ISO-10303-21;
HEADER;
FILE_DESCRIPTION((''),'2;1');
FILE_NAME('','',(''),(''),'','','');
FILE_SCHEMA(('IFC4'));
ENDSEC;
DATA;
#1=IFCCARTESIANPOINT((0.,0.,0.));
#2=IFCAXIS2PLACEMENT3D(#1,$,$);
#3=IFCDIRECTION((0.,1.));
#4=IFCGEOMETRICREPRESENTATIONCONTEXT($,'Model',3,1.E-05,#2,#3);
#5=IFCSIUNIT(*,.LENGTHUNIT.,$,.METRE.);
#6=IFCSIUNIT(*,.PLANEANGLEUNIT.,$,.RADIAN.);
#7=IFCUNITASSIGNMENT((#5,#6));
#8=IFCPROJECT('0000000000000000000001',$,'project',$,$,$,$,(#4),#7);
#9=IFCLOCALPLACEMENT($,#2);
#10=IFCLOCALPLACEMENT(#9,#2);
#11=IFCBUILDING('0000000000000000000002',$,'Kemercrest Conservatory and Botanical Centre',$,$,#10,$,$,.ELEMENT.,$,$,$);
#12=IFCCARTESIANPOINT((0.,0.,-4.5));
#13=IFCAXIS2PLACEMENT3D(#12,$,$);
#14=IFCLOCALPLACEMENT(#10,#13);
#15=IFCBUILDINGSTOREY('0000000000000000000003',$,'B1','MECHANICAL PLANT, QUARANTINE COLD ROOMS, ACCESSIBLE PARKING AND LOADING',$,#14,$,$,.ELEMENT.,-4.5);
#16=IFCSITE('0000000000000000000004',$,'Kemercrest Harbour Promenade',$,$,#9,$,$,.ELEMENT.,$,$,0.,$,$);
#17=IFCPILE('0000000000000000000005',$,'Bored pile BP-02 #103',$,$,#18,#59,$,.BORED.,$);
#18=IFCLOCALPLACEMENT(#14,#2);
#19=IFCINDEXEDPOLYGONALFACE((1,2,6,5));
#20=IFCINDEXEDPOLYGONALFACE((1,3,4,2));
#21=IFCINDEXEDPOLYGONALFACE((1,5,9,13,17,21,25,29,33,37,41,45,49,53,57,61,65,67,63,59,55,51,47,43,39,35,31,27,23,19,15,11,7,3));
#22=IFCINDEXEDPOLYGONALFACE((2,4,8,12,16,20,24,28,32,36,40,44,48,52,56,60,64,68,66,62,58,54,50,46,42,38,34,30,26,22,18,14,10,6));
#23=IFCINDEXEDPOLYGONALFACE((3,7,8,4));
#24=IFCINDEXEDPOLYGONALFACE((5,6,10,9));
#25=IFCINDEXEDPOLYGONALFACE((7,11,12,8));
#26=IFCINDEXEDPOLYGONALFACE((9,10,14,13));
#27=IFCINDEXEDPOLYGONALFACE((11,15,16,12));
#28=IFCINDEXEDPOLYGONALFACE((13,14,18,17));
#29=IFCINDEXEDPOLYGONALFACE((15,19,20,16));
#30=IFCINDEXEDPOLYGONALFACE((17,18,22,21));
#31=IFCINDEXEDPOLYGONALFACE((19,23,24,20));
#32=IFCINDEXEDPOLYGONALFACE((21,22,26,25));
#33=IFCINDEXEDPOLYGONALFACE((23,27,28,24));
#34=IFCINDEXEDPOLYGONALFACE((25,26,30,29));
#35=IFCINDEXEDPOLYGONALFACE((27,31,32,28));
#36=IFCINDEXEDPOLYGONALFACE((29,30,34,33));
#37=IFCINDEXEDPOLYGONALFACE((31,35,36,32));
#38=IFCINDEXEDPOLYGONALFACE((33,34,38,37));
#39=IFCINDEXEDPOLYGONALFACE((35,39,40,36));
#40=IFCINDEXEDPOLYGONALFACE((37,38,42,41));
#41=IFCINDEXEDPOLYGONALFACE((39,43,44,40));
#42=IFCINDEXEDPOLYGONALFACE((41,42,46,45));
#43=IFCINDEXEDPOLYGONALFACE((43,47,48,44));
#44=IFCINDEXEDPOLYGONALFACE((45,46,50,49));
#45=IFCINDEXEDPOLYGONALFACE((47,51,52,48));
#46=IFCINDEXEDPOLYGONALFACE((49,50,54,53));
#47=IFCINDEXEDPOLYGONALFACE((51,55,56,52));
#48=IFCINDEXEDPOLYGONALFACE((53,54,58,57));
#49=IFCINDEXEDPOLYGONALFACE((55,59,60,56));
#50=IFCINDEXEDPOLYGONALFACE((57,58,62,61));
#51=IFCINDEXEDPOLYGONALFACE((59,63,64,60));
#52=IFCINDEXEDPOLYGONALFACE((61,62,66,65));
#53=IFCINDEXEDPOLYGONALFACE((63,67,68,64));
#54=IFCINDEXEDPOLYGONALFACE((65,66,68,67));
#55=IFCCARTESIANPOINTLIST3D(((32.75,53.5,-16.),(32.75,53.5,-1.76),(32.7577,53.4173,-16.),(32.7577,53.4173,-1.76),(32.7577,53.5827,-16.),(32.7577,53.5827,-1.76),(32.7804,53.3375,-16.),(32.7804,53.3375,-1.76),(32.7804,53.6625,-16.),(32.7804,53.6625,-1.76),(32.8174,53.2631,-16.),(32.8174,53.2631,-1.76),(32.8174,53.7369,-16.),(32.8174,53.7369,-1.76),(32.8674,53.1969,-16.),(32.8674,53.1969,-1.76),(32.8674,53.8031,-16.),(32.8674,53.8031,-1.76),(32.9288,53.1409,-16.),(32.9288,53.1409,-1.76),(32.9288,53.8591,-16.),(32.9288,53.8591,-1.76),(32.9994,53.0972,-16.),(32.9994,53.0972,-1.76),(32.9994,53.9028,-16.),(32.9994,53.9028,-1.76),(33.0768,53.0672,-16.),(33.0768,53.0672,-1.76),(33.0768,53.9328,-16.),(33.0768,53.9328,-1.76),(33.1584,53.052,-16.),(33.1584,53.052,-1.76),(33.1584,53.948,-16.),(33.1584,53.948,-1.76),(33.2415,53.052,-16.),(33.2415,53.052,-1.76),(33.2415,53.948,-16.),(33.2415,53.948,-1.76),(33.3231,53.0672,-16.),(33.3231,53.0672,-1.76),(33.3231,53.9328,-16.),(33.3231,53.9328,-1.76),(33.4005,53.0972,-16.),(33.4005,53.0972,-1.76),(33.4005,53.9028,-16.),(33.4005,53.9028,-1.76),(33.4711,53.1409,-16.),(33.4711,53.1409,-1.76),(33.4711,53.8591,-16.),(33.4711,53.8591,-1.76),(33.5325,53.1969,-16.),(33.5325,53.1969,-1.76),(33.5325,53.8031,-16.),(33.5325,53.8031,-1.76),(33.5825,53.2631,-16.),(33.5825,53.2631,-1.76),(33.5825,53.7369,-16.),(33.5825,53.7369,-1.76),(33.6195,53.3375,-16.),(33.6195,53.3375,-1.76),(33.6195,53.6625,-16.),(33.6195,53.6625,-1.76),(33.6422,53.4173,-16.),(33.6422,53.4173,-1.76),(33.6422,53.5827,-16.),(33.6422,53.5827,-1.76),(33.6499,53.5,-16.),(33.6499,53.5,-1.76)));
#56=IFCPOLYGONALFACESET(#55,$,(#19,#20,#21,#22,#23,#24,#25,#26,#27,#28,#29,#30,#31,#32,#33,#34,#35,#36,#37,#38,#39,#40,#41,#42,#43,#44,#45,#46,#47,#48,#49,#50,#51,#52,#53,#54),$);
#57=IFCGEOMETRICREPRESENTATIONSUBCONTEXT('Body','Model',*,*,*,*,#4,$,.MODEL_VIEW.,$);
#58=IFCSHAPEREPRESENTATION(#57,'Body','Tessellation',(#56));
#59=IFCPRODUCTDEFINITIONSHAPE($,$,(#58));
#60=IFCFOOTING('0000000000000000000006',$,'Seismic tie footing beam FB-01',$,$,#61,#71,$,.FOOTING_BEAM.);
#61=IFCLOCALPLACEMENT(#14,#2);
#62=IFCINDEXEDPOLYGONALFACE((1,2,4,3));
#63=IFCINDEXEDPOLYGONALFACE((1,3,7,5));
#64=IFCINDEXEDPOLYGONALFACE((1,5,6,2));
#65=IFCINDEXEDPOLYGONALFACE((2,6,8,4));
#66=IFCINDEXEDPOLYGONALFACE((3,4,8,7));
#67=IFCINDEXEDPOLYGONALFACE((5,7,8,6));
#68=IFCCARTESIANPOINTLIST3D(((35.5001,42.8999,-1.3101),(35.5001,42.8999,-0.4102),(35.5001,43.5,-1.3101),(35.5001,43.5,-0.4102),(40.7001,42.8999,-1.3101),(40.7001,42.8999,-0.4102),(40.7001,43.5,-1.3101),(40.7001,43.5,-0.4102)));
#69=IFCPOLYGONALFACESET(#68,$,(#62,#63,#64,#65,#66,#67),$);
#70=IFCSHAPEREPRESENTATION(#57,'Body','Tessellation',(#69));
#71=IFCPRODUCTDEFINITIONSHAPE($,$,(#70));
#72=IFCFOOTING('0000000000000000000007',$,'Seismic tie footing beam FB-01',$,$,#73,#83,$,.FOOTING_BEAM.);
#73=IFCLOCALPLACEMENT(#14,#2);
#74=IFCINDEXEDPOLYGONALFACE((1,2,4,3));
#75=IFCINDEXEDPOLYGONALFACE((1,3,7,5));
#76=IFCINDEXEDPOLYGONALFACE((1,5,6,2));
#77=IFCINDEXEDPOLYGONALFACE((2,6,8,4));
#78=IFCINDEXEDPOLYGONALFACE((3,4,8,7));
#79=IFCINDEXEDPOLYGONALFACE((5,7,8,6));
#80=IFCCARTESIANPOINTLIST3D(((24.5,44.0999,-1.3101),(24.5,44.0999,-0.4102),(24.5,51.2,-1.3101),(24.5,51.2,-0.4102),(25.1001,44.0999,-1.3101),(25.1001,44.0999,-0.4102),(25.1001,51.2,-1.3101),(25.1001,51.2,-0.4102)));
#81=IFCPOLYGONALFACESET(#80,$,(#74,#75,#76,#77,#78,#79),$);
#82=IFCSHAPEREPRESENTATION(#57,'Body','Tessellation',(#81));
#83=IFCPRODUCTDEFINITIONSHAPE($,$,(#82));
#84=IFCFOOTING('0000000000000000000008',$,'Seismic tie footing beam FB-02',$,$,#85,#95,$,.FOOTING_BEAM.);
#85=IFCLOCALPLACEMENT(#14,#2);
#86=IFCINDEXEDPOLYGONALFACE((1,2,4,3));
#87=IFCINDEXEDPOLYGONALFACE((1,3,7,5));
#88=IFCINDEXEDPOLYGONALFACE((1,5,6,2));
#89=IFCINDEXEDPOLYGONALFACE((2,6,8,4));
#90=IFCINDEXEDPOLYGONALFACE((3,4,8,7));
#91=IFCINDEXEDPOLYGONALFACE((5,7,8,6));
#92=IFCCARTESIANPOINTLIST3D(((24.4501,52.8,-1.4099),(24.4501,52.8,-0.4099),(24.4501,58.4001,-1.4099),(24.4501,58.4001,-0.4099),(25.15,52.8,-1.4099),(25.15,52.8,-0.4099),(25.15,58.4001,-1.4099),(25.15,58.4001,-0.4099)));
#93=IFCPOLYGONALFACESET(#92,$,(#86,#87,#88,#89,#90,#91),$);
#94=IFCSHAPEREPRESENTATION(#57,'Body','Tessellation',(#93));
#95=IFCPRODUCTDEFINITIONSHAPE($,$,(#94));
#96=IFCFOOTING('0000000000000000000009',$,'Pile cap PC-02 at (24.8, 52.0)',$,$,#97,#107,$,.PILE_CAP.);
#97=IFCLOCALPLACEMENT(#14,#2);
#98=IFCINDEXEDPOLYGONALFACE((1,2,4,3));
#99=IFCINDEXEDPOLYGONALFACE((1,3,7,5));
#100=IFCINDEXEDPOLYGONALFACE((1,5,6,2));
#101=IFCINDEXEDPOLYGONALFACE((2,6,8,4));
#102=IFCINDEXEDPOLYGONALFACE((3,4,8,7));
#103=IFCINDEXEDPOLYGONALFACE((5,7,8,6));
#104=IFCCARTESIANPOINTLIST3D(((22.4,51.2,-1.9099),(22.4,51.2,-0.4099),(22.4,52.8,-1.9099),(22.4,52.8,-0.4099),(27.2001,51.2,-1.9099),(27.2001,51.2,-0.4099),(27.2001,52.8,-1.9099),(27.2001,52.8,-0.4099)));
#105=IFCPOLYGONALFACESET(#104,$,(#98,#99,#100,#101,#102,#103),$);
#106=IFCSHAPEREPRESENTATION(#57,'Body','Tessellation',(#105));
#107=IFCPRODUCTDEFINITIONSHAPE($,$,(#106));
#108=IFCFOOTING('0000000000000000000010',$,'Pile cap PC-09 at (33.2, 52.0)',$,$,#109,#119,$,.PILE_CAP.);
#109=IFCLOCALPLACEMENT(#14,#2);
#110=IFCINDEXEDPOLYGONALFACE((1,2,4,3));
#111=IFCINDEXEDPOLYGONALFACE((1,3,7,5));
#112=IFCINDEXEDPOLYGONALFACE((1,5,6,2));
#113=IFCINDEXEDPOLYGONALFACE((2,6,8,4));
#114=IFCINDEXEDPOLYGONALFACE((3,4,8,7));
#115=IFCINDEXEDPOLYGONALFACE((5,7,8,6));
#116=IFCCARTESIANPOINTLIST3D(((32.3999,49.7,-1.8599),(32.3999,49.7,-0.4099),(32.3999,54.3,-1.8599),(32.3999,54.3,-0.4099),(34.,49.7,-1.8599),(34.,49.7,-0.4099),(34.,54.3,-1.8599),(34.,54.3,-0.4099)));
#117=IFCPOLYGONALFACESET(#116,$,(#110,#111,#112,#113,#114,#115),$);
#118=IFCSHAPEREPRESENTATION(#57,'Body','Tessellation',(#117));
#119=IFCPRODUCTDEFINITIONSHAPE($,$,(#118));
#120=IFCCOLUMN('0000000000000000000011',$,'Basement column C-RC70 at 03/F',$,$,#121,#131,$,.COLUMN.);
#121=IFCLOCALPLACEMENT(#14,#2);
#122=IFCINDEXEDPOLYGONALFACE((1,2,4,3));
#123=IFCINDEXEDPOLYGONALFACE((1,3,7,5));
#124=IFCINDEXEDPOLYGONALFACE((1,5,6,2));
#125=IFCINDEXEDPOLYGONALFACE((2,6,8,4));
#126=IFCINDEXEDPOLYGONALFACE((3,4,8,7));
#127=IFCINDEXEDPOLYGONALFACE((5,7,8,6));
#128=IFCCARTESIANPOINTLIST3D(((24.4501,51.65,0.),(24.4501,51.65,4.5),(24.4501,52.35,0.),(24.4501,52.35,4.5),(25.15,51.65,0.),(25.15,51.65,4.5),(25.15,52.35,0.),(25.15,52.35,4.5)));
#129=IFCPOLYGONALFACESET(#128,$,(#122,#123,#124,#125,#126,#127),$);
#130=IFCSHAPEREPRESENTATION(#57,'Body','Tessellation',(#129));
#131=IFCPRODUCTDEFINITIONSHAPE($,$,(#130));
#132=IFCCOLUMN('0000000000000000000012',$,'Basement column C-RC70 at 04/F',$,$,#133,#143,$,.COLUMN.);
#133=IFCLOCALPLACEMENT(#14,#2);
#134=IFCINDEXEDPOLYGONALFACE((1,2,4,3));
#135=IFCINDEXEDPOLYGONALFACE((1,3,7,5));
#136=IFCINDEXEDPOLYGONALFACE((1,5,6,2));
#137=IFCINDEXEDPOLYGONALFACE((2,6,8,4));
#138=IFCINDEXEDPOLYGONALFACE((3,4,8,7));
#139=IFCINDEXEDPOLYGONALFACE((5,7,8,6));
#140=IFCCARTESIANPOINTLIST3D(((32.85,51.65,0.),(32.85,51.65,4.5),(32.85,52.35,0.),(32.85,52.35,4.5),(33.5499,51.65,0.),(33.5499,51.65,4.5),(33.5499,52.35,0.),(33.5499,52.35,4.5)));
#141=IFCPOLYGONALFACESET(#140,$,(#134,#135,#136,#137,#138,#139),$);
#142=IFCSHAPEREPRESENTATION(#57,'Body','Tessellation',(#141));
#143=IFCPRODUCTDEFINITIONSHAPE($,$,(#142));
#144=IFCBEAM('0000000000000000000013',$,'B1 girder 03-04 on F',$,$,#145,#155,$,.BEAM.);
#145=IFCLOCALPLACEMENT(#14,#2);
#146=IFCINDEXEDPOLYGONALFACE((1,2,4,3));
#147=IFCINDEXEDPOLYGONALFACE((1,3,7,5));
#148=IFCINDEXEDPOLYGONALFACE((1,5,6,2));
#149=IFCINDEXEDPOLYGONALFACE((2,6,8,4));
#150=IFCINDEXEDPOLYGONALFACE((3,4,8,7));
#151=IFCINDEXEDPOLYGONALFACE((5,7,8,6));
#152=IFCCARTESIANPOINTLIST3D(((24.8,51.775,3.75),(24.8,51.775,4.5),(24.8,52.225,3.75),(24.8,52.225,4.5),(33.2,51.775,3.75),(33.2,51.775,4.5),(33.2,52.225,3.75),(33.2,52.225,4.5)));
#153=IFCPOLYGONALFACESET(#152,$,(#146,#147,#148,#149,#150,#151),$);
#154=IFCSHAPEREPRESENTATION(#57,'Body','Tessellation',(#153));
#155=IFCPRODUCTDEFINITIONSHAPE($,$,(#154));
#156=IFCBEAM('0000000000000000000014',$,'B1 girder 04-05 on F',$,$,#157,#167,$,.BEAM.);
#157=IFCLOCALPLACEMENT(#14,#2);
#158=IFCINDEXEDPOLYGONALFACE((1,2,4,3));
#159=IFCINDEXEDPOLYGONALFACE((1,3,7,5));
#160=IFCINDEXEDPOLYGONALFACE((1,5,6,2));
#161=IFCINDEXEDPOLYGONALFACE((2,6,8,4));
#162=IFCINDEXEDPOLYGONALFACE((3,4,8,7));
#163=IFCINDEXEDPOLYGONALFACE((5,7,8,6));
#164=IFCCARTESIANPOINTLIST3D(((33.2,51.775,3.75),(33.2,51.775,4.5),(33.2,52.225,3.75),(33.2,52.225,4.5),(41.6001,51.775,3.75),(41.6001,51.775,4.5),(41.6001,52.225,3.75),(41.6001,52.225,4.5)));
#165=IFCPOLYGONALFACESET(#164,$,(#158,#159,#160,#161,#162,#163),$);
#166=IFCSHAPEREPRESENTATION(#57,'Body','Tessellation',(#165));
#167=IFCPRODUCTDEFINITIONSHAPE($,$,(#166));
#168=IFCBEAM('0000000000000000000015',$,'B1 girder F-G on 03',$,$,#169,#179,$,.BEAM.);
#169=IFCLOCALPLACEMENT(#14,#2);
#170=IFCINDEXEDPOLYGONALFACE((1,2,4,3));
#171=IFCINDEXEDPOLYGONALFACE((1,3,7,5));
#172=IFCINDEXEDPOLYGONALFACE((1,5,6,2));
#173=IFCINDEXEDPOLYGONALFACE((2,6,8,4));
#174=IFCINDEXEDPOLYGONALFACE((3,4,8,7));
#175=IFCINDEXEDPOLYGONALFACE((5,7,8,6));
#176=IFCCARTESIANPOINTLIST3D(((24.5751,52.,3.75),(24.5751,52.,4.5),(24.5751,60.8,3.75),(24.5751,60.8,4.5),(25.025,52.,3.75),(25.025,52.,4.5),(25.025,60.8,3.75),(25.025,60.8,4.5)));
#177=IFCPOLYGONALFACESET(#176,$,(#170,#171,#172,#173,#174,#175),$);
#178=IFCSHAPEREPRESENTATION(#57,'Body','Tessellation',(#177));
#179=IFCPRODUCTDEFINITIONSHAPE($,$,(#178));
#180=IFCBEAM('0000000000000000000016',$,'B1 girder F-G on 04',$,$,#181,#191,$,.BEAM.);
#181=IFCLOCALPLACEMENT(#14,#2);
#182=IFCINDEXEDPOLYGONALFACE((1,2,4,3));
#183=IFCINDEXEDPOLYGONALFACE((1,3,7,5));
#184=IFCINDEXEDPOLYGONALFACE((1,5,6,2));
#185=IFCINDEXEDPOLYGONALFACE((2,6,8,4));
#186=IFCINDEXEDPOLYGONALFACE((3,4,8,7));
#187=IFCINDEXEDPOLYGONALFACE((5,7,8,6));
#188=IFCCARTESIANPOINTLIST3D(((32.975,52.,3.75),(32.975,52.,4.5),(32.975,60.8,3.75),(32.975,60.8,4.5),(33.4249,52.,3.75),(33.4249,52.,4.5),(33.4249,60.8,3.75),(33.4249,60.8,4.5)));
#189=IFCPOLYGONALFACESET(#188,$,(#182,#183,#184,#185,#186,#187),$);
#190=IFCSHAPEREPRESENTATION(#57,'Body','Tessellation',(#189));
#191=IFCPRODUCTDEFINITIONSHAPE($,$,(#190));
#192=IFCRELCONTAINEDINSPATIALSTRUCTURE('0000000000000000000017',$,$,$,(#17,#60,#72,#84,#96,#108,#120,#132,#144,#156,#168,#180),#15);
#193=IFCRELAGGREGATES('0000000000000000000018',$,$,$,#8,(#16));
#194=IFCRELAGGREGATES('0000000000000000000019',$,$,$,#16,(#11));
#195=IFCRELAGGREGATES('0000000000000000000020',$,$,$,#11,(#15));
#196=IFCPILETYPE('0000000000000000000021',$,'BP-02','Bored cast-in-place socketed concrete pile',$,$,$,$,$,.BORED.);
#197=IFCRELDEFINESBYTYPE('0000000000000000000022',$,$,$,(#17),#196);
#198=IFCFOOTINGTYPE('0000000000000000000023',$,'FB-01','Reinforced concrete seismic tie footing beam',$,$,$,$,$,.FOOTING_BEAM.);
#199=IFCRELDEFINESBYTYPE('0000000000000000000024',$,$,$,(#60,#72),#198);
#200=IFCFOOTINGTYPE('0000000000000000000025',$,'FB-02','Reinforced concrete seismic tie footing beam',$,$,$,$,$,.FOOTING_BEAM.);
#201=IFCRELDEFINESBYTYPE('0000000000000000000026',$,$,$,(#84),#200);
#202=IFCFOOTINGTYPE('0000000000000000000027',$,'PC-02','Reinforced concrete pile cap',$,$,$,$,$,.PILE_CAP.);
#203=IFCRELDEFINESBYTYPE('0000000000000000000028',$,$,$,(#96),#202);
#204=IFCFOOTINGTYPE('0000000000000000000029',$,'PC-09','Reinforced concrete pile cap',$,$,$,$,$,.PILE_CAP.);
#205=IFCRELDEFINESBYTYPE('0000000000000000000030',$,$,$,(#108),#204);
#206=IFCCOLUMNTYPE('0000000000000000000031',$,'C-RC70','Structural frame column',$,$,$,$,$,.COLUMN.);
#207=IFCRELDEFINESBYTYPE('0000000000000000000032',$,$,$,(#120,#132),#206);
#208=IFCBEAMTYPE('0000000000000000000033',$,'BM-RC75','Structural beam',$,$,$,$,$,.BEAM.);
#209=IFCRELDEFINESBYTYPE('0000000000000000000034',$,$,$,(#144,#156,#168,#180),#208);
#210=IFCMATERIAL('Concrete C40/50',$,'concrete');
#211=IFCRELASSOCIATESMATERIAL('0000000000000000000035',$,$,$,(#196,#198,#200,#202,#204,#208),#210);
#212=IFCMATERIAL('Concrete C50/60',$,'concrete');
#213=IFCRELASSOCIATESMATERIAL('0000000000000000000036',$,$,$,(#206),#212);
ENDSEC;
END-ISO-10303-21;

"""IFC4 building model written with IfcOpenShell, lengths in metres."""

from ifc_helpers import new_model, si_unit, direction, frame, origin, origin_2d, place, context, subcontext, project, spatial, rectangle, circle, extrude, material, material_profile, profile_set, type_object, element, save


model = new_model("IFC4")

# Units and contexts
model_context = context("Model", 3, precision=1e-05, world=origin(), true_north=direction((0.0, 1.0)))
body_context = subcontext(model_context, "Body", "Model", "MODEL_VIEW")
ifc_project = project(units=[si_unit("LENGTHUNIT", "METRE"), si_unit("PLANEANGLEUNIT", "RADIAN")], contexts=[model_context])

# Site, building, storey
site_placement = place(None, origin())
site = spatial("IfcSite", under=ifc_project, at=site_placement, Name="Kemercrest Harbour Promenade", CompositionType="ELEMENT", RefElevation=0.0)
building_placement = place(site_placement, origin())
building = spatial("IfcBuilding", under=site, at=building_placement, Name="Kemercrest Conservatory and Botanical Centre", CompositionType="ELEMENT")
storey_placement = place(building_placement, frame((0.0, 0.0, -4.5)))
storey = spatial("IfcBuildingStorey", under=building, at=storey_placement, Name="B1", Description="MECHANICAL PLANT, QUARANTINE COLD ROOMS, ACCESSIBLE PARKING AND LOADING", CompositionType="ELEMENT", Elevation=-4.5)

# Pile
ifc_material_1 = material(Name="Concrete C40/50", Category="concrete")
ifc_material_profile_1 = material_profile(ifc_material_1, circle(Radius=0.45, at=origin_2d()), Name="BORED PILE 900")
ifc_profile_set_1 = profile_set([ifc_material_profile_1], Name="Concrete C40/50")
pile_type_1 = type_object("IfcPileType", Name="BP-02", Description="Bored cast-in-place socketed concrete pile", PredefinedType="BORED", material=ifc_profile_set_1)
for number, where, z_axis, x_axis, name in (
    (1, (33.2, 53.5, -1.76), (0.0, 0.0, -1.0), (1.0, 0.0, 0.0), "Bored pile BP-02 #103"),
):
    element("IfcPile", number, at=place(storey_placement, frame(where, z_axis=z_axis, x_axis=x_axis)), inside=storey, type_object=pile_type_1, Name=name, PredefinedType="BORED", context=body_context, shape_type="SweptSolid", body=[
        extrude(circle(Radius=0.45, at=origin_2d()), origin(), (0.0, 0.0, 1.0), 14.24),
    ])

# Footings
footing_type_1 = type_object("IfcFootingType", Name="FB-01", Description="Reinforced concrete seismic tie footing beam", PredefinedType="FOOTING_BEAM", material=ifc_material_1)
footing_1_placement = place(storey_placement, frame((38.1001, 43.2, -1.3101), z_axis=(0.0, 0.0, 1.0), x_axis=(1.0, 0.0, 0.0)))
element("IfcFooting", 2, at=footing_1_placement, inside=storey, type_object=footing_type_1, Name="Seismic tie footing beam FB-01", PredefinedType="FOOTING_BEAM", context=body_context, shape_type="SweptSolid", body=[
    extrude(rectangle(XDim=5.2, YDim=0.6001, at=origin_2d()), origin(), (0.0, 0.0, 1.0), 0.8999),
])
footing_2_placement = place(storey_placement, frame((24.8, 47.6499, -1.3101), z_axis=(0.0, 0.0, 1.0), x_axis=(1.0, 0.0, 0.0)))
element("IfcFooting", 3, at=footing_2_placement, inside=storey, type_object=footing_type_1, Name="Seismic tie footing beam FB-01", PredefinedType="FOOTING_BEAM", context=body_context, shape_type="SweptSolid", body=[
    extrude(rectangle(XDim=0.6001, YDim=7.1001, at=origin_2d()), origin(), (0.0, 0.0, 1.0), 0.8999),
])
footing_type_2 = type_object("IfcFootingType", Name="FB-02", Description="Reinforced concrete seismic tie footing beam", PredefinedType="FOOTING_BEAM", material=ifc_material_1)
footing_3_placement = place(storey_placement, frame((24.8, 55.6001, -1.4099), z_axis=(0.0, 0.0, 1.0), x_axis=(1.0, 0.0, 0.0)))
element("IfcFooting", 4, at=footing_3_placement, inside=storey, type_object=footing_type_2, Name="Seismic tie footing beam FB-02", PredefinedType="FOOTING_BEAM", context=body_context, shape_type="SweptSolid", body=[
    extrude(rectangle(XDim=0.7, YDim=5.6001, at=origin_2d()), origin(), (0.0, 0.0, 1.0), 1.0),
])
footing_type_3 = type_object("IfcFootingType", Name="PC-02", Description="Reinforced concrete pile cap", PredefinedType="PILE_CAP", material=ifc_material_1)
footing_4_placement = place(storey_placement, frame((24.8, 52.0, -1.9099), z_axis=(0.0, 0.0, 1.0), x_axis=(1.0, 0.0, 0.0)))
element("IfcFooting", 5, at=footing_4_placement, inside=storey, type_object=footing_type_3, Name="Pile cap PC-02 at (24.8, 52.0)", PredefinedType="PILE_CAP", context=body_context, shape_type="SweptSolid", body=[
    extrude(rectangle(XDim=4.8, YDim=1.6001, at=origin_2d()), origin(), (0.0, 0.0, 1.0), 1.5),
])
footing_type_4 = type_object("IfcFootingType", Name="PC-09", Description="Reinforced concrete pile cap", PredefinedType="PILE_CAP", material=ifc_material_1)
footing_5_placement = place(storey_placement, frame((33.2, 52.0, -1.8599), z_axis=(0.0, 0.0, 1.0), x_axis=(1.0, 0.0, 0.0)))
element("IfcFooting", 6, at=footing_5_placement, inside=storey, type_object=footing_type_4, Name="Pile cap PC-09 at (33.2, 52.0)", PredefinedType="PILE_CAP", context=body_context, shape_type="SweptSolid", body=[
    extrude(rectangle(XDim=1.6001, YDim=4.6001, at=origin_2d()), origin(), (0.0, 0.0, 1.0), 1.45),
])

# Columns
ifc_material_2 = material(Name="Concrete C50/60", Category="concrete")
ifc_material_profile_2 = material_profile(ifc_material_2, rectangle(XDim=0.7, YDim=0.7, at=origin_2d()), Name="RC 700x700")
ifc_profile_set_2 = profile_set([ifc_material_profile_2], Name="Concrete C50/60")
column_type = type_object("IfcColumnType", Name="C-RC70", Description="Structural frame column", PredefinedType="COLUMN", material=ifc_profile_set_2)
for number, where, z_axis, x_axis, name in (
    (7, (24.8, 52.0, 0.0), (0.0, 0.0, 1.0), (1.0, 0.0, 0.0), "Basement column C-RC70 at 03/F"),
    (8, (33.2, 52.0, 0.0), (0.0, 0.0, 1.0), (1.0, 0.0, 0.0), "Basement column C-RC70 at 04/F"),
):
    element("IfcColumn", number, at=place(storey_placement, frame(where, z_axis=z_axis, x_axis=x_axis)), inside=storey, type_object=column_type, Name=name, PredefinedType="COLUMN", context=body_context, shape_type="SweptSolid", body=[
        extrude(rectangle(XDim=0.7, YDim=0.7, at=origin_2d()), origin(), (0.0, 0.0, 1.0), 4.5),
    ])

# Beams
ifc_material_profile_3 = material_profile(ifc_material_1, rectangle(XDim=0.45, YDim=0.75, at=origin_2d()), Name="RC 450x750")
ifc_profile_set_3 = profile_set([ifc_material_profile_3], Name="Concrete C40/50")
beam_type = type_object("IfcBeamType", Name="BM-RC75", Description="Structural beam", PredefinedType="BEAM", material=ifc_profile_set_3)
beam_1_placement = place(storey_placement, frame((24.8, 52.0, 4.125), z_axis=(1.0, 0.0, 0.0), x_axis=(0.0, 1.0, 0.0)))
element("IfcBeam", 9, at=beam_1_placement, inside=storey, type_object=beam_type, Name="B1 girder 03-04 on F", PredefinedType="BEAM", context=body_context, shape_type="SweptSolid", body=[
    extrude(rectangle(XDim=0.45, YDim=0.75, at=origin_2d()), origin(), (0.0, 0.0, 1.0), 8.3999),
])
beam_2_placement = place(storey_placement, frame((33.2, 52.0, 4.125), z_axis=(1.0, 0.0, 0.0), x_axis=(0.0, 1.0, 0.0)))
element("IfcBeam", 10, at=beam_2_placement, inside=storey, type_object=beam_type, Name="B1 girder 04-05 on F", PredefinedType="BEAM", context=body_context, shape_type="SweptSolid", body=[
    extrude(rectangle(XDim=0.45, YDim=0.75, at=origin_2d()), origin(), (0.0, 0.0, 1.0), 8.4001),
])
for number, where, z_axis, x_axis, name in (
    (11, (24.8, 52.0, 4.125), (0.0, 1.0, 0.0), (-1.0, 0.0, 0.0), "B1 girder F-G on 03"),
    (12, (33.2, 52.0, 4.125), (0.0, 1.0, 0.0), (-1.0, 0.0, 0.0), "B1 girder F-G on 04"),
):
    element("IfcBeam", number, at=place(storey_placement, frame(where, z_axis=z_axis, x_axis=x_axis)), inside=storey, type_object=beam_type, Name=name, PredefinedType="BEAM", context=body_context, shape_type="SweptSolid", body=[
        extrude(rectangle(XDim=0.45, YDim=0.75, at=origin_2d()), origin(), (0.0, 0.0, 1.0), 8.8),
    ])

save(model, "model.ifc")
